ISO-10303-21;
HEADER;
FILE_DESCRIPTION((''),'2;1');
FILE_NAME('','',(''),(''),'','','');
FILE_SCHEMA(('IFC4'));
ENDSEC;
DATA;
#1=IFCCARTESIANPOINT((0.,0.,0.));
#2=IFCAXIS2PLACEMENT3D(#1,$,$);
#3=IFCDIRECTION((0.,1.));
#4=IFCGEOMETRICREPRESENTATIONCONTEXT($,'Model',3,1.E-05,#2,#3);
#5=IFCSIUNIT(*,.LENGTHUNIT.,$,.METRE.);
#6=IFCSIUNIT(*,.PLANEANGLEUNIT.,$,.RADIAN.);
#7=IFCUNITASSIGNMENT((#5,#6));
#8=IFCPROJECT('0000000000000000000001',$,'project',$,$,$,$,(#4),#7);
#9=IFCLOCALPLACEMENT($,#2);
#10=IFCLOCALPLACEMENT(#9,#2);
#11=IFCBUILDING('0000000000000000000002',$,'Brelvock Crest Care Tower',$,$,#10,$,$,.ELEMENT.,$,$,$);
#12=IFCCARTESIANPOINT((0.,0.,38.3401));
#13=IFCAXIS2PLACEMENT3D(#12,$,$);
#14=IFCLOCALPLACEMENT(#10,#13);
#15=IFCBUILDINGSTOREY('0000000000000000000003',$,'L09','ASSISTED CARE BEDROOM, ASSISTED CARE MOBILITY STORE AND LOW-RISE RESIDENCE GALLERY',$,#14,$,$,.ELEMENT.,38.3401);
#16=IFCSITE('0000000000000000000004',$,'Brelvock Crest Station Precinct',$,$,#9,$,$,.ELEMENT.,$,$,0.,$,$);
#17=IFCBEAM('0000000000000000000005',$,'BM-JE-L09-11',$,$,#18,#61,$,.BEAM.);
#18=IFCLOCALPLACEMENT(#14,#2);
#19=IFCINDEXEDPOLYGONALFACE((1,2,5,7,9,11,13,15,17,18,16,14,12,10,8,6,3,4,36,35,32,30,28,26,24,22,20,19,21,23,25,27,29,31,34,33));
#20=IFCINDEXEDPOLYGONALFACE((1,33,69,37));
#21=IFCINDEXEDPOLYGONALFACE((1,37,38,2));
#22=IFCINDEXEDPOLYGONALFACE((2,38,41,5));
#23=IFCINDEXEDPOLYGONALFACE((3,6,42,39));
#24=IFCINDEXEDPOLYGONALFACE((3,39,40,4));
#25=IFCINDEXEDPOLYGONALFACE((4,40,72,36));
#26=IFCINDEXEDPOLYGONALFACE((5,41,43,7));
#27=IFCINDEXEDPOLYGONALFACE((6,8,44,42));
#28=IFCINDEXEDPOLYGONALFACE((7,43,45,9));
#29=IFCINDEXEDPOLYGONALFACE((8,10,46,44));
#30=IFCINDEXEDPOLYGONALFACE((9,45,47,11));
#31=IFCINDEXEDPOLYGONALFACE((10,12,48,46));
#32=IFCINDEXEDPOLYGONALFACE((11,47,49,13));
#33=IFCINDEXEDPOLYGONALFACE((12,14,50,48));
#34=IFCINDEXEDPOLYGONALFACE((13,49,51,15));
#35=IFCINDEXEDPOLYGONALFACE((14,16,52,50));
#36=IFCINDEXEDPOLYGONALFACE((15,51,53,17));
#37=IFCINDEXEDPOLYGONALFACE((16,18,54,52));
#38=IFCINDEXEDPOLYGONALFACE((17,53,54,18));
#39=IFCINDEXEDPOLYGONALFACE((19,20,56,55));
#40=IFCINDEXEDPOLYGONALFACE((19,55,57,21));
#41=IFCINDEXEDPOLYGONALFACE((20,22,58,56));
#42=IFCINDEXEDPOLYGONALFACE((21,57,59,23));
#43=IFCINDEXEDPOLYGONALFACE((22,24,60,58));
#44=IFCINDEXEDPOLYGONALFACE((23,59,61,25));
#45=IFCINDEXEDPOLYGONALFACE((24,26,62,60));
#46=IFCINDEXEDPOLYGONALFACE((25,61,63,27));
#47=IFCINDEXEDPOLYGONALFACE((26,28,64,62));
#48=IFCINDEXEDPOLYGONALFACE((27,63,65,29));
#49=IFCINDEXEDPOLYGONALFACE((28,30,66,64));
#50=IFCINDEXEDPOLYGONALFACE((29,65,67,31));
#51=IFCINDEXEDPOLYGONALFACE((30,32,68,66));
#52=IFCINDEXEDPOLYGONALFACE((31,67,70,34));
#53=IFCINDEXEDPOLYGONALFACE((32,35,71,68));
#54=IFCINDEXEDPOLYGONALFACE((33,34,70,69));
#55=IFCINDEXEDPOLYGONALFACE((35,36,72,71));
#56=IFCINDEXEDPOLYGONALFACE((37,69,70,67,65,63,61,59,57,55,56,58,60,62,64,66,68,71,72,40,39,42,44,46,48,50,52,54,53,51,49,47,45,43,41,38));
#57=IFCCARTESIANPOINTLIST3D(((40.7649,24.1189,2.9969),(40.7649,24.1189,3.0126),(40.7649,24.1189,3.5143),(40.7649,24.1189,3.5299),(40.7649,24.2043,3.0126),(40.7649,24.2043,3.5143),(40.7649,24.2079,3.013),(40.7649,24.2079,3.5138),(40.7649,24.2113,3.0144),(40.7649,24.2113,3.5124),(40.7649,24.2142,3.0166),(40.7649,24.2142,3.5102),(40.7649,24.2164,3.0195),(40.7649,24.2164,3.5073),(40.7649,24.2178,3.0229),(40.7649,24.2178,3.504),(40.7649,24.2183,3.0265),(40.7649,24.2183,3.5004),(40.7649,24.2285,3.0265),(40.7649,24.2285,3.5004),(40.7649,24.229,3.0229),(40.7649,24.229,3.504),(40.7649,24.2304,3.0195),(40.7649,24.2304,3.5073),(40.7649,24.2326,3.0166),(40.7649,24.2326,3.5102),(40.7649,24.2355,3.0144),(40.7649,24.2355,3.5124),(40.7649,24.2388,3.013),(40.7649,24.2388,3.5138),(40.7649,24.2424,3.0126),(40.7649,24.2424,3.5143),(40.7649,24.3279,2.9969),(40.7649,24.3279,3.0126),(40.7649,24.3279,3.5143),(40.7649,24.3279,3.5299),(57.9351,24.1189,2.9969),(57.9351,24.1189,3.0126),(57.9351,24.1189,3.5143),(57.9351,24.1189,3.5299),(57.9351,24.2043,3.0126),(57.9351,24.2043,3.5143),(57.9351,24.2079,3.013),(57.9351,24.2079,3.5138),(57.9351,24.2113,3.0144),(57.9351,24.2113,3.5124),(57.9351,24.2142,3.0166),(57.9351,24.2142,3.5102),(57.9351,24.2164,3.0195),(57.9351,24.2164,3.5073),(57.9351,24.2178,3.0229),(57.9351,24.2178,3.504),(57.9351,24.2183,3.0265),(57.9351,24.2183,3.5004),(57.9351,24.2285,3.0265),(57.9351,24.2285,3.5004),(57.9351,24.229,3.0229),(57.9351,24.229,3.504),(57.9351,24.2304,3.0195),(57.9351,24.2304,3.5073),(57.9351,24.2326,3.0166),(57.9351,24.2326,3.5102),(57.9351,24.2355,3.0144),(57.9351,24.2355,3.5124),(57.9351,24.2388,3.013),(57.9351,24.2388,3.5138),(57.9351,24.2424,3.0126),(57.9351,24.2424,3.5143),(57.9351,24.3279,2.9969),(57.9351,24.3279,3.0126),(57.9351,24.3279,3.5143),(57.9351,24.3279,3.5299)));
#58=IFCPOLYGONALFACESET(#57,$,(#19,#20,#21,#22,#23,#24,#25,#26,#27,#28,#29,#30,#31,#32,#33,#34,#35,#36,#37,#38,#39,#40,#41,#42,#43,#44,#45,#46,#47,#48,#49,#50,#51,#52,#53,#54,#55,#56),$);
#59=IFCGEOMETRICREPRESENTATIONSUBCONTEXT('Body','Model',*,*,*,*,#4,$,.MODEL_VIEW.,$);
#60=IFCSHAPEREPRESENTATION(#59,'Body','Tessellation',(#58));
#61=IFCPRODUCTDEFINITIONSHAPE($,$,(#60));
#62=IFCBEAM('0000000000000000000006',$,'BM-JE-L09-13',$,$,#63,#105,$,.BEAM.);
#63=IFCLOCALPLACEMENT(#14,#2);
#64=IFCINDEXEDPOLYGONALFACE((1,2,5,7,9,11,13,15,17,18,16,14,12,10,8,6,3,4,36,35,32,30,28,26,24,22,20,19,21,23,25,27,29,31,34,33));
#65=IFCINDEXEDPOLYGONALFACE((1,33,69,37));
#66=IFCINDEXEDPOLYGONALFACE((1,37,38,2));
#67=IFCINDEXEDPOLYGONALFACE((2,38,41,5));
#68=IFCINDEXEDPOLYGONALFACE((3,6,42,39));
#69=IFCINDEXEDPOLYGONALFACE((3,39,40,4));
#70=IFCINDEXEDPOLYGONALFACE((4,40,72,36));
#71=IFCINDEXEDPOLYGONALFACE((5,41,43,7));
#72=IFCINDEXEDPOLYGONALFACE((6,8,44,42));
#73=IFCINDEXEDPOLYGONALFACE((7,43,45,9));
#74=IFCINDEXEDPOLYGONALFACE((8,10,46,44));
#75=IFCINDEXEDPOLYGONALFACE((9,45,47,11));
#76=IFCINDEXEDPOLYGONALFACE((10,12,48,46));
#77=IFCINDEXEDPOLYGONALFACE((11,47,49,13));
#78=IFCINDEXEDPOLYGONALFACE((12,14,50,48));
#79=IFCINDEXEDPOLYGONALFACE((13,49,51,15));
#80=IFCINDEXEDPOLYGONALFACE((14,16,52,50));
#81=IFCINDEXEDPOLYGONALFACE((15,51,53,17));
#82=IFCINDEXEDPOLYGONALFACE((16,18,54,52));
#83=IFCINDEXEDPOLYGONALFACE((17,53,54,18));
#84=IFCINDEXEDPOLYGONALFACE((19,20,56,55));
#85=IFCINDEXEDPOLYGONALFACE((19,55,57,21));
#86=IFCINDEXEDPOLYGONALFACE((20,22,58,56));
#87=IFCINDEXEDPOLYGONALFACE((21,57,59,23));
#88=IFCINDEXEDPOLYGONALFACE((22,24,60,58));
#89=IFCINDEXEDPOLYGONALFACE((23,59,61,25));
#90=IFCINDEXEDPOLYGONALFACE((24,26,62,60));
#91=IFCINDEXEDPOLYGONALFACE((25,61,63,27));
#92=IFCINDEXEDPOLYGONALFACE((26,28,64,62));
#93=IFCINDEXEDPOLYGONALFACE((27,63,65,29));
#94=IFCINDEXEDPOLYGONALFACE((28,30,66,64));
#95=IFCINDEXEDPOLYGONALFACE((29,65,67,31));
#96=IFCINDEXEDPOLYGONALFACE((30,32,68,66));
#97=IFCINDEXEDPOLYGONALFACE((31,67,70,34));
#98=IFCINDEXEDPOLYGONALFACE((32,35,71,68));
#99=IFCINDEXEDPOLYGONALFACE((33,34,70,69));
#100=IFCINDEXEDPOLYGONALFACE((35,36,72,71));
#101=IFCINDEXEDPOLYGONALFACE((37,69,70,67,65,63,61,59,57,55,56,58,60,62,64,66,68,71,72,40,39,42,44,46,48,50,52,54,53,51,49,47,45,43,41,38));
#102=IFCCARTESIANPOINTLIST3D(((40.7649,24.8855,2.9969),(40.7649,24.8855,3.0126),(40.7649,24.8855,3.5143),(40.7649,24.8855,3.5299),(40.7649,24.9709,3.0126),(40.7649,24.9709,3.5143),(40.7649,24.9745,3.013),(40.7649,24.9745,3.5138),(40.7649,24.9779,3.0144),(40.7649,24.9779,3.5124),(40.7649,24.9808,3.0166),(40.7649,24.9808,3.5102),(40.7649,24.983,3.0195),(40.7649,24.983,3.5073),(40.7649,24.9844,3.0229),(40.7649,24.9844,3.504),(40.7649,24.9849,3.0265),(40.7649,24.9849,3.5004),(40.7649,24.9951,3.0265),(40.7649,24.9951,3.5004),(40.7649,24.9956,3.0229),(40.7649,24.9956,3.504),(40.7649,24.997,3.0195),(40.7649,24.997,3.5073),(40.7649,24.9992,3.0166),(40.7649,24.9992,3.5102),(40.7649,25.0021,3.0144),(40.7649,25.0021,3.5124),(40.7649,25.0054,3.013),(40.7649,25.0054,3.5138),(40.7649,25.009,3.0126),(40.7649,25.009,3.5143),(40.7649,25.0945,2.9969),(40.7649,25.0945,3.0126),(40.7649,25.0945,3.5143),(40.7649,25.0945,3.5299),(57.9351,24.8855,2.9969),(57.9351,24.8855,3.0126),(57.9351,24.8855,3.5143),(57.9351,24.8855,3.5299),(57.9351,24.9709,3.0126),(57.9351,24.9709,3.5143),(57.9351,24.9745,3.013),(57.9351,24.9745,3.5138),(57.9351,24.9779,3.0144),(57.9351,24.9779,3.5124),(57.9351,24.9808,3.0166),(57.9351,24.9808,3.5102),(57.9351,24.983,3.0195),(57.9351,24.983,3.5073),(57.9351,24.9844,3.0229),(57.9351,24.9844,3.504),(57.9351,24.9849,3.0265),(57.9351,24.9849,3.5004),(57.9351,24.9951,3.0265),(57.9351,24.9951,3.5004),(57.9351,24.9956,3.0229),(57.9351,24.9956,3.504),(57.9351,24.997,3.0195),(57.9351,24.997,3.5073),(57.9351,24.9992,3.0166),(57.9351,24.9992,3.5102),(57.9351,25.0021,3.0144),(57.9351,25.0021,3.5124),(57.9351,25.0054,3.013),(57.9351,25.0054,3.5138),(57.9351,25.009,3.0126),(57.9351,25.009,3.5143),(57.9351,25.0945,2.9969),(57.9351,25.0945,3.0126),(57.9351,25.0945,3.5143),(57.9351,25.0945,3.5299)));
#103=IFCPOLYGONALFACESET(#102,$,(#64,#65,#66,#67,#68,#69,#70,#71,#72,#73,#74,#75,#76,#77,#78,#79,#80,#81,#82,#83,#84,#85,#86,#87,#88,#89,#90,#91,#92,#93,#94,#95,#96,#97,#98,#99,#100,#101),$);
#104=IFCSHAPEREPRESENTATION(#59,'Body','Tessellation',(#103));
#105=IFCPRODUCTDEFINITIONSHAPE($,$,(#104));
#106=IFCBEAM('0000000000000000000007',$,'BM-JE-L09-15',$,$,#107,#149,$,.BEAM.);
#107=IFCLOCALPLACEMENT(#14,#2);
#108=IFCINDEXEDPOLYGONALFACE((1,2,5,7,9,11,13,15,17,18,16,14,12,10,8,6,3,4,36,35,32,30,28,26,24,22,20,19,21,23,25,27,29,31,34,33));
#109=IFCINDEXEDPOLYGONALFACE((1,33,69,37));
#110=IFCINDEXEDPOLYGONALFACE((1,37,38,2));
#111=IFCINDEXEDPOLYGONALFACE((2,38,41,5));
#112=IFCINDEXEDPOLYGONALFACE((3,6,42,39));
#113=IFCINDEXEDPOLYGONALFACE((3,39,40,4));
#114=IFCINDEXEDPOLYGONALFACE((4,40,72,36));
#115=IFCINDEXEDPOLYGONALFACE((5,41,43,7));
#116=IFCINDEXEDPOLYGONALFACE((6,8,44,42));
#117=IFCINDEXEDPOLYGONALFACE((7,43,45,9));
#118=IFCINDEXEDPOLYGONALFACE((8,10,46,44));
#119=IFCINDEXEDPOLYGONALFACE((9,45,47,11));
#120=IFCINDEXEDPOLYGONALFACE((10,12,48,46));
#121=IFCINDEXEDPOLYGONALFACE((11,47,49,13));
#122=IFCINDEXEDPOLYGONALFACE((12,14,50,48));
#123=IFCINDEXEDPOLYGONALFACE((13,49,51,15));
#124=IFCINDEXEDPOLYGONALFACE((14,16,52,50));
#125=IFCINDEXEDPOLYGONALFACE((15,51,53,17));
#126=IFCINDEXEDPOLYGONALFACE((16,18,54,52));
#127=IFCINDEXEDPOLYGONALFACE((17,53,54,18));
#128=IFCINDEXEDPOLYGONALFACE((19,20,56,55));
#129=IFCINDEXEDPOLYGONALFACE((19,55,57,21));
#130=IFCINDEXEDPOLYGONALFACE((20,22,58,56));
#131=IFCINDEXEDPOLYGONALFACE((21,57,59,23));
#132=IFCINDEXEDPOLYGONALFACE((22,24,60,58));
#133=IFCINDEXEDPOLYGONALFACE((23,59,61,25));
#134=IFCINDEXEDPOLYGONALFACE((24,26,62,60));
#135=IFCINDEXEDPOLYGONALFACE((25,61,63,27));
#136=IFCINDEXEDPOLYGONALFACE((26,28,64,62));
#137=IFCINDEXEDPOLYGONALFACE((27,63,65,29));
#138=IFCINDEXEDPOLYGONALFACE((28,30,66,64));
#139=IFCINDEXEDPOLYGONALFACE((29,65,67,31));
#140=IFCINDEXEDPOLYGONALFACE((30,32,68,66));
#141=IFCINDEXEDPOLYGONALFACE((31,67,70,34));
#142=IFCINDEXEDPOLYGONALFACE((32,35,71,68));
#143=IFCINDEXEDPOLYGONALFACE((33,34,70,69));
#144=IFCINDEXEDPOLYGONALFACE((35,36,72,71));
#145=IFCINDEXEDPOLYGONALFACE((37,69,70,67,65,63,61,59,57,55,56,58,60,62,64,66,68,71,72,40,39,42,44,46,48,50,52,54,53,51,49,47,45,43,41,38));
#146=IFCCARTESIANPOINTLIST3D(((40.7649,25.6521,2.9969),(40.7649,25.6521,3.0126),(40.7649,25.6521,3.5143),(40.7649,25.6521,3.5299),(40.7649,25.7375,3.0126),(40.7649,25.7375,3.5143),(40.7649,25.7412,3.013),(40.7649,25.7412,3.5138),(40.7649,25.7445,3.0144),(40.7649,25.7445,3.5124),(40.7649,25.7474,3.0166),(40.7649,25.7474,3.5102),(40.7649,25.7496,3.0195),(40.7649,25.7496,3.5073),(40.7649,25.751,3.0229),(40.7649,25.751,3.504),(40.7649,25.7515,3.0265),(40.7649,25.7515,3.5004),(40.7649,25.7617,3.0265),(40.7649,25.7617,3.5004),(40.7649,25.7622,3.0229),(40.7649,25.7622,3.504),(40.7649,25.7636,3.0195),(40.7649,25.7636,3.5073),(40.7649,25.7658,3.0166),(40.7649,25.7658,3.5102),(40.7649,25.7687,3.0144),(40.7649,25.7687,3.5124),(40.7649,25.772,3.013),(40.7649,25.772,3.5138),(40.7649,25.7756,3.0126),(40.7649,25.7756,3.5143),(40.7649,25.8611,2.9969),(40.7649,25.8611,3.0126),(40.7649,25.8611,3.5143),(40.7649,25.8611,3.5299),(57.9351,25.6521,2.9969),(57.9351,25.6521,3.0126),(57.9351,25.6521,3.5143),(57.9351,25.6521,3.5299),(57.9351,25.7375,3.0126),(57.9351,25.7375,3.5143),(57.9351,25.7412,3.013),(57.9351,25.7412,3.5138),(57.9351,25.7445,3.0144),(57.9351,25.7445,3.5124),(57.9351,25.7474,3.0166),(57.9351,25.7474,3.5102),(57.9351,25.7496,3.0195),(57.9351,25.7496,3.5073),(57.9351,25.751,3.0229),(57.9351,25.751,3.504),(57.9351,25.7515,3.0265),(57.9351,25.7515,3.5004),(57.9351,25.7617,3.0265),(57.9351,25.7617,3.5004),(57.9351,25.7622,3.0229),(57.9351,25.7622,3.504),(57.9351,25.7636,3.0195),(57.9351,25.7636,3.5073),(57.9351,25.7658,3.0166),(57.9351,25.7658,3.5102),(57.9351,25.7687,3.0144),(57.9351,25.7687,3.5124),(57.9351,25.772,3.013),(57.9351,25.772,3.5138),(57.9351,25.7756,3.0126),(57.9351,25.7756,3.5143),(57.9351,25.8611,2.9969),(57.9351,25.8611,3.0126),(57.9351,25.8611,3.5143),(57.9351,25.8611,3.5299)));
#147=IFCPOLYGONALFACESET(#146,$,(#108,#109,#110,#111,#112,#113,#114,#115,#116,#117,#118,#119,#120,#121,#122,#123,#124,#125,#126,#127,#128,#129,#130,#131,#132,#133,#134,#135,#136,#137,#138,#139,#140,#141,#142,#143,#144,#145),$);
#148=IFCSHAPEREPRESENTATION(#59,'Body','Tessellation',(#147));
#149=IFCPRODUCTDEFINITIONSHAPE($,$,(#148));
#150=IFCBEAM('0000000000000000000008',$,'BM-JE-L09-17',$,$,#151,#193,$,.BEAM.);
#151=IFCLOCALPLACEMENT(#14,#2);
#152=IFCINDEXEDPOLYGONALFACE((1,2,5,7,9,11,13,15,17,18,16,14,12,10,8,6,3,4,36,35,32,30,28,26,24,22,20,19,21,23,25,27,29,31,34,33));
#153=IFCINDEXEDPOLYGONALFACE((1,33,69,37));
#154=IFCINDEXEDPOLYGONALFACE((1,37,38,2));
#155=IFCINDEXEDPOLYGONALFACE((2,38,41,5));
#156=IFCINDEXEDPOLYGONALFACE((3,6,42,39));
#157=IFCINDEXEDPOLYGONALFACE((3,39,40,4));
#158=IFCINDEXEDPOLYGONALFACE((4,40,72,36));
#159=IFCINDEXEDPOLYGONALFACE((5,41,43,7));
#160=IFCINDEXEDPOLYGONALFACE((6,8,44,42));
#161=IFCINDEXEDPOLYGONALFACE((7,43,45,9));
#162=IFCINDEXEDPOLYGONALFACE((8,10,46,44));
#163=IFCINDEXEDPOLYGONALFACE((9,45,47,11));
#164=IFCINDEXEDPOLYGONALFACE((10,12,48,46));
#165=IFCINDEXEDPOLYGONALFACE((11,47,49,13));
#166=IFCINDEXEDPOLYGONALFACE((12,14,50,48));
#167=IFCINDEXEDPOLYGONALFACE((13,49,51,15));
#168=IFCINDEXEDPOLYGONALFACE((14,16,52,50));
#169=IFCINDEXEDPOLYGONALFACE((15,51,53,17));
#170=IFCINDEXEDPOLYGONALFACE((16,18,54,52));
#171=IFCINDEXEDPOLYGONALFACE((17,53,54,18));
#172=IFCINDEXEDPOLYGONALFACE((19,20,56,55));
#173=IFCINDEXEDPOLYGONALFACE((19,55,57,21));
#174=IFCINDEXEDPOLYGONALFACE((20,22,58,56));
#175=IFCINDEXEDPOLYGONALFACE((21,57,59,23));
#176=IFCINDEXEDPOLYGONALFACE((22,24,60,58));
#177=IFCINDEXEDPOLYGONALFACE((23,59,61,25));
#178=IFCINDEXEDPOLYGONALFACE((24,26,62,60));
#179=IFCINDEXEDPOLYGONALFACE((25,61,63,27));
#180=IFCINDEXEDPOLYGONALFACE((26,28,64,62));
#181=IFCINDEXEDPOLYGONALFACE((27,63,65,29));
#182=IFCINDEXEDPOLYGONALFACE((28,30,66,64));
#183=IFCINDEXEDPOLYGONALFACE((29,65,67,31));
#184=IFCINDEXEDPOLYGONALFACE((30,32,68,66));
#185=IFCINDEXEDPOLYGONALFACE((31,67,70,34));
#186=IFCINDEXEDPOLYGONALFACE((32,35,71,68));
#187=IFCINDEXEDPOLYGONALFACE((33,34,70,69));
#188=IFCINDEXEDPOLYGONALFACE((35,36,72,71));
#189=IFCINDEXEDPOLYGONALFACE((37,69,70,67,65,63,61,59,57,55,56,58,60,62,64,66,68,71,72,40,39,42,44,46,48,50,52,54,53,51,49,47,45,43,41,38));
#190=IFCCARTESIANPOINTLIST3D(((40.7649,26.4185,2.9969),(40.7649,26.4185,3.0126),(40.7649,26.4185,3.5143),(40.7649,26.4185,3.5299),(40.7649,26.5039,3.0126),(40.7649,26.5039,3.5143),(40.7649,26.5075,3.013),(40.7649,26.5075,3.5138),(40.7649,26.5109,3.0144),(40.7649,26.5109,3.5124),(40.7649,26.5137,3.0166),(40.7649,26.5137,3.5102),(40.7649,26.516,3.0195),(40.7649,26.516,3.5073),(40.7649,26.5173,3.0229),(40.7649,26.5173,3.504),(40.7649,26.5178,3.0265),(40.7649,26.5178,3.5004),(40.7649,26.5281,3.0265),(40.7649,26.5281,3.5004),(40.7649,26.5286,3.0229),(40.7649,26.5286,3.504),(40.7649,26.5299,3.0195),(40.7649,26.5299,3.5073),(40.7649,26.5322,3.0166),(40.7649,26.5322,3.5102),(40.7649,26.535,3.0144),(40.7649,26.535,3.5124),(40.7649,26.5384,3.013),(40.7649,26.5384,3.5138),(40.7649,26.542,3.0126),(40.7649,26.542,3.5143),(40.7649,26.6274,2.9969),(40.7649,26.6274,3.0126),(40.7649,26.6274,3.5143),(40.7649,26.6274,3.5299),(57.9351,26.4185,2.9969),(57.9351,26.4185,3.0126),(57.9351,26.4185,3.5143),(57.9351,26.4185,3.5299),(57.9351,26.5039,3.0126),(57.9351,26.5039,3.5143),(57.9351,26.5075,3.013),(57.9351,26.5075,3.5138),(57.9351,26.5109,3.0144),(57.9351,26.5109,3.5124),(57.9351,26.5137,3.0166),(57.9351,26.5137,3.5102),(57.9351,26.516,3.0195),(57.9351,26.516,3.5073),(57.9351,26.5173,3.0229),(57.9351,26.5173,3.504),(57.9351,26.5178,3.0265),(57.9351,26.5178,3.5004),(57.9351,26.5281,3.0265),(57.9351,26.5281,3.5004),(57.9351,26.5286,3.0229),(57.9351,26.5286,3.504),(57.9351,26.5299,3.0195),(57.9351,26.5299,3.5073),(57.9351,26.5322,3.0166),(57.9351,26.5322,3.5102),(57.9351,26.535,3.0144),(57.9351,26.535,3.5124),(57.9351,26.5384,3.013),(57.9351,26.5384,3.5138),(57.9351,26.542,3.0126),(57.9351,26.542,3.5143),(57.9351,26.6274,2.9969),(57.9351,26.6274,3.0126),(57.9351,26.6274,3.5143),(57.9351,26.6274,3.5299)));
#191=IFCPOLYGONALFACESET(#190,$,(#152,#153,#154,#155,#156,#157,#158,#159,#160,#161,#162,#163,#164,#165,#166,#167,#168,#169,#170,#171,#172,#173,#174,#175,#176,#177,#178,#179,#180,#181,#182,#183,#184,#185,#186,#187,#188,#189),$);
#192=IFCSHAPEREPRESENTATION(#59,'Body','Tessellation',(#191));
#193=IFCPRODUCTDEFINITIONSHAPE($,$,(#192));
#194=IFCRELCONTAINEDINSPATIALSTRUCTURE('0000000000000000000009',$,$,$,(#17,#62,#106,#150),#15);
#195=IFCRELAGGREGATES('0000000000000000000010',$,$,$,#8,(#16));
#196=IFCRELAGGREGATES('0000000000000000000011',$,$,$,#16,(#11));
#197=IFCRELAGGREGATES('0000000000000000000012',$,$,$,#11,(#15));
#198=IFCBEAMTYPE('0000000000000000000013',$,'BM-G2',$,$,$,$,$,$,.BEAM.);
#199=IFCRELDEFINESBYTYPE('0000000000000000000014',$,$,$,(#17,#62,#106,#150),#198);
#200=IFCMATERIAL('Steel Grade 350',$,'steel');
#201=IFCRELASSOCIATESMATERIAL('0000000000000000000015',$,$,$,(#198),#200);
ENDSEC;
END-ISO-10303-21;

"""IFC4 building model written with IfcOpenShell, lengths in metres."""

from ifc_helpers import new_model, si_unit, direction, frame, origin, origin_2d, place, context, subcontext, project, spatial, i_section, extrude, source, transform, mapped, material, material_profile, profile_set, type_object, element, save


model = new_model("IFC4")

# Units and contexts
model_context = context("Model", 3, precision=1e-05, world=origin(), true_north=direction((0.0, 1.0)))
body_context = subcontext(model_context, "Body", "Model", "MODEL_VIEW")
ifc_project = project(units=[si_unit("LENGTHUNIT", "METRE"), si_unit("PLANEANGLEUNIT", "RADIAN")], contexts=[model_context])

# Site, building, storey
site_placement = place(None, origin())
site = spatial("IfcSite", under=ifc_project, at=site_placement, Name="Brelvock Crest Station Precinct", CompositionType="ELEMENT", RefElevation=0.0)
building_placement = place(site_placement, origin())
building = spatial("IfcBuilding", under=site, at=building_placement, Name="Brelvock Crest Care Tower", CompositionType="ELEMENT")
storey_placement = place(building_placement, frame((0.0, 0.0, 38.3401)))
storey = spatial("IfcBuildingStorey", under=building, at=storey_placement, Name="L09", Description="ASSISTED CARE BEDROOM, ASSISTED CARE MOBILITY STORE AND LOW-RISE RESIDENCE GALLERY", CompositionType="ELEMENT", Elevation=38.3401)

# Beams
ifc_material_1 = material(Name="Steel Grade 350", Category="steel")
ifc_material_profile_1 = material_profile(ifc_material_1, i_section(OverallWidth=0.209, OverallDepth=0.533, WebThickness=0.0103, FlangeThickness=0.0156, FilletRadius=0.0139, at=origin_2d()), Name="530UB92.4")
ifc_profile_set_1 = profile_set([ifc_material_profile_1], Name="Steel Grade 350")
beam_type_1 = type_object("IfcBeamType", Name="BM-G2", PredefinedType="BEAM", material=ifc_profile_set_1)
shared_shape_1 = source(origin(), body_context, "Body", "SweptSolid", [
    extrude(i_section(OverallWidth=0.209, OverallDepth=0.533, WebThickness=0.0103, FlangeThickness=0.0156, FilletRadius=0.0139, at=origin_2d()), origin(), (0.0, 0.0, 1.0), 17.1702),
])
for number, where, z_axis, x_axis, name in (
    (1, (40.7649, 24.2234, 3.2634), (1.0, 0.0, 0.0), (0.0, 1.0, 0.0), "BM-JE-L09-11"),
    (2, (40.7649, 24.99, 3.2634), (1.0, 0.0, 0.0), (0.0, 1.0, 0.0), "BM-JE-L09-13"),
    (3, (40.7649, 25.7566, 3.2634), (1.0, 0.0, 0.0), (0.0, 1.0, 0.0), "BM-JE-L09-15"),
    (4, (40.7649, 26.5229, 3.2634), (1.0, 0.0, 0.0), (0.0, 1.0, 0.0), "BM-JE-L09-17"),
):
    element("IfcBeam", number, at=place(storey_placement, frame(where, z_axis=z_axis, x_axis=x_axis)), inside=storey, type_object=beam_type_1, Name=name, PredefinedType="BEAM", context=body_context, shape_type="MappedRepresentation", body=[
        mapped(shared_shape_1, transform((0.0, 0.0, 0.0), x_axis=(1.0, 0.0, 0.0), y_axis=(0.0, 1.0, 0.0), z_axis=(0.0, 0.0, 1.0), scale=1.0)),
    ])

save(model, "model.ifc")
